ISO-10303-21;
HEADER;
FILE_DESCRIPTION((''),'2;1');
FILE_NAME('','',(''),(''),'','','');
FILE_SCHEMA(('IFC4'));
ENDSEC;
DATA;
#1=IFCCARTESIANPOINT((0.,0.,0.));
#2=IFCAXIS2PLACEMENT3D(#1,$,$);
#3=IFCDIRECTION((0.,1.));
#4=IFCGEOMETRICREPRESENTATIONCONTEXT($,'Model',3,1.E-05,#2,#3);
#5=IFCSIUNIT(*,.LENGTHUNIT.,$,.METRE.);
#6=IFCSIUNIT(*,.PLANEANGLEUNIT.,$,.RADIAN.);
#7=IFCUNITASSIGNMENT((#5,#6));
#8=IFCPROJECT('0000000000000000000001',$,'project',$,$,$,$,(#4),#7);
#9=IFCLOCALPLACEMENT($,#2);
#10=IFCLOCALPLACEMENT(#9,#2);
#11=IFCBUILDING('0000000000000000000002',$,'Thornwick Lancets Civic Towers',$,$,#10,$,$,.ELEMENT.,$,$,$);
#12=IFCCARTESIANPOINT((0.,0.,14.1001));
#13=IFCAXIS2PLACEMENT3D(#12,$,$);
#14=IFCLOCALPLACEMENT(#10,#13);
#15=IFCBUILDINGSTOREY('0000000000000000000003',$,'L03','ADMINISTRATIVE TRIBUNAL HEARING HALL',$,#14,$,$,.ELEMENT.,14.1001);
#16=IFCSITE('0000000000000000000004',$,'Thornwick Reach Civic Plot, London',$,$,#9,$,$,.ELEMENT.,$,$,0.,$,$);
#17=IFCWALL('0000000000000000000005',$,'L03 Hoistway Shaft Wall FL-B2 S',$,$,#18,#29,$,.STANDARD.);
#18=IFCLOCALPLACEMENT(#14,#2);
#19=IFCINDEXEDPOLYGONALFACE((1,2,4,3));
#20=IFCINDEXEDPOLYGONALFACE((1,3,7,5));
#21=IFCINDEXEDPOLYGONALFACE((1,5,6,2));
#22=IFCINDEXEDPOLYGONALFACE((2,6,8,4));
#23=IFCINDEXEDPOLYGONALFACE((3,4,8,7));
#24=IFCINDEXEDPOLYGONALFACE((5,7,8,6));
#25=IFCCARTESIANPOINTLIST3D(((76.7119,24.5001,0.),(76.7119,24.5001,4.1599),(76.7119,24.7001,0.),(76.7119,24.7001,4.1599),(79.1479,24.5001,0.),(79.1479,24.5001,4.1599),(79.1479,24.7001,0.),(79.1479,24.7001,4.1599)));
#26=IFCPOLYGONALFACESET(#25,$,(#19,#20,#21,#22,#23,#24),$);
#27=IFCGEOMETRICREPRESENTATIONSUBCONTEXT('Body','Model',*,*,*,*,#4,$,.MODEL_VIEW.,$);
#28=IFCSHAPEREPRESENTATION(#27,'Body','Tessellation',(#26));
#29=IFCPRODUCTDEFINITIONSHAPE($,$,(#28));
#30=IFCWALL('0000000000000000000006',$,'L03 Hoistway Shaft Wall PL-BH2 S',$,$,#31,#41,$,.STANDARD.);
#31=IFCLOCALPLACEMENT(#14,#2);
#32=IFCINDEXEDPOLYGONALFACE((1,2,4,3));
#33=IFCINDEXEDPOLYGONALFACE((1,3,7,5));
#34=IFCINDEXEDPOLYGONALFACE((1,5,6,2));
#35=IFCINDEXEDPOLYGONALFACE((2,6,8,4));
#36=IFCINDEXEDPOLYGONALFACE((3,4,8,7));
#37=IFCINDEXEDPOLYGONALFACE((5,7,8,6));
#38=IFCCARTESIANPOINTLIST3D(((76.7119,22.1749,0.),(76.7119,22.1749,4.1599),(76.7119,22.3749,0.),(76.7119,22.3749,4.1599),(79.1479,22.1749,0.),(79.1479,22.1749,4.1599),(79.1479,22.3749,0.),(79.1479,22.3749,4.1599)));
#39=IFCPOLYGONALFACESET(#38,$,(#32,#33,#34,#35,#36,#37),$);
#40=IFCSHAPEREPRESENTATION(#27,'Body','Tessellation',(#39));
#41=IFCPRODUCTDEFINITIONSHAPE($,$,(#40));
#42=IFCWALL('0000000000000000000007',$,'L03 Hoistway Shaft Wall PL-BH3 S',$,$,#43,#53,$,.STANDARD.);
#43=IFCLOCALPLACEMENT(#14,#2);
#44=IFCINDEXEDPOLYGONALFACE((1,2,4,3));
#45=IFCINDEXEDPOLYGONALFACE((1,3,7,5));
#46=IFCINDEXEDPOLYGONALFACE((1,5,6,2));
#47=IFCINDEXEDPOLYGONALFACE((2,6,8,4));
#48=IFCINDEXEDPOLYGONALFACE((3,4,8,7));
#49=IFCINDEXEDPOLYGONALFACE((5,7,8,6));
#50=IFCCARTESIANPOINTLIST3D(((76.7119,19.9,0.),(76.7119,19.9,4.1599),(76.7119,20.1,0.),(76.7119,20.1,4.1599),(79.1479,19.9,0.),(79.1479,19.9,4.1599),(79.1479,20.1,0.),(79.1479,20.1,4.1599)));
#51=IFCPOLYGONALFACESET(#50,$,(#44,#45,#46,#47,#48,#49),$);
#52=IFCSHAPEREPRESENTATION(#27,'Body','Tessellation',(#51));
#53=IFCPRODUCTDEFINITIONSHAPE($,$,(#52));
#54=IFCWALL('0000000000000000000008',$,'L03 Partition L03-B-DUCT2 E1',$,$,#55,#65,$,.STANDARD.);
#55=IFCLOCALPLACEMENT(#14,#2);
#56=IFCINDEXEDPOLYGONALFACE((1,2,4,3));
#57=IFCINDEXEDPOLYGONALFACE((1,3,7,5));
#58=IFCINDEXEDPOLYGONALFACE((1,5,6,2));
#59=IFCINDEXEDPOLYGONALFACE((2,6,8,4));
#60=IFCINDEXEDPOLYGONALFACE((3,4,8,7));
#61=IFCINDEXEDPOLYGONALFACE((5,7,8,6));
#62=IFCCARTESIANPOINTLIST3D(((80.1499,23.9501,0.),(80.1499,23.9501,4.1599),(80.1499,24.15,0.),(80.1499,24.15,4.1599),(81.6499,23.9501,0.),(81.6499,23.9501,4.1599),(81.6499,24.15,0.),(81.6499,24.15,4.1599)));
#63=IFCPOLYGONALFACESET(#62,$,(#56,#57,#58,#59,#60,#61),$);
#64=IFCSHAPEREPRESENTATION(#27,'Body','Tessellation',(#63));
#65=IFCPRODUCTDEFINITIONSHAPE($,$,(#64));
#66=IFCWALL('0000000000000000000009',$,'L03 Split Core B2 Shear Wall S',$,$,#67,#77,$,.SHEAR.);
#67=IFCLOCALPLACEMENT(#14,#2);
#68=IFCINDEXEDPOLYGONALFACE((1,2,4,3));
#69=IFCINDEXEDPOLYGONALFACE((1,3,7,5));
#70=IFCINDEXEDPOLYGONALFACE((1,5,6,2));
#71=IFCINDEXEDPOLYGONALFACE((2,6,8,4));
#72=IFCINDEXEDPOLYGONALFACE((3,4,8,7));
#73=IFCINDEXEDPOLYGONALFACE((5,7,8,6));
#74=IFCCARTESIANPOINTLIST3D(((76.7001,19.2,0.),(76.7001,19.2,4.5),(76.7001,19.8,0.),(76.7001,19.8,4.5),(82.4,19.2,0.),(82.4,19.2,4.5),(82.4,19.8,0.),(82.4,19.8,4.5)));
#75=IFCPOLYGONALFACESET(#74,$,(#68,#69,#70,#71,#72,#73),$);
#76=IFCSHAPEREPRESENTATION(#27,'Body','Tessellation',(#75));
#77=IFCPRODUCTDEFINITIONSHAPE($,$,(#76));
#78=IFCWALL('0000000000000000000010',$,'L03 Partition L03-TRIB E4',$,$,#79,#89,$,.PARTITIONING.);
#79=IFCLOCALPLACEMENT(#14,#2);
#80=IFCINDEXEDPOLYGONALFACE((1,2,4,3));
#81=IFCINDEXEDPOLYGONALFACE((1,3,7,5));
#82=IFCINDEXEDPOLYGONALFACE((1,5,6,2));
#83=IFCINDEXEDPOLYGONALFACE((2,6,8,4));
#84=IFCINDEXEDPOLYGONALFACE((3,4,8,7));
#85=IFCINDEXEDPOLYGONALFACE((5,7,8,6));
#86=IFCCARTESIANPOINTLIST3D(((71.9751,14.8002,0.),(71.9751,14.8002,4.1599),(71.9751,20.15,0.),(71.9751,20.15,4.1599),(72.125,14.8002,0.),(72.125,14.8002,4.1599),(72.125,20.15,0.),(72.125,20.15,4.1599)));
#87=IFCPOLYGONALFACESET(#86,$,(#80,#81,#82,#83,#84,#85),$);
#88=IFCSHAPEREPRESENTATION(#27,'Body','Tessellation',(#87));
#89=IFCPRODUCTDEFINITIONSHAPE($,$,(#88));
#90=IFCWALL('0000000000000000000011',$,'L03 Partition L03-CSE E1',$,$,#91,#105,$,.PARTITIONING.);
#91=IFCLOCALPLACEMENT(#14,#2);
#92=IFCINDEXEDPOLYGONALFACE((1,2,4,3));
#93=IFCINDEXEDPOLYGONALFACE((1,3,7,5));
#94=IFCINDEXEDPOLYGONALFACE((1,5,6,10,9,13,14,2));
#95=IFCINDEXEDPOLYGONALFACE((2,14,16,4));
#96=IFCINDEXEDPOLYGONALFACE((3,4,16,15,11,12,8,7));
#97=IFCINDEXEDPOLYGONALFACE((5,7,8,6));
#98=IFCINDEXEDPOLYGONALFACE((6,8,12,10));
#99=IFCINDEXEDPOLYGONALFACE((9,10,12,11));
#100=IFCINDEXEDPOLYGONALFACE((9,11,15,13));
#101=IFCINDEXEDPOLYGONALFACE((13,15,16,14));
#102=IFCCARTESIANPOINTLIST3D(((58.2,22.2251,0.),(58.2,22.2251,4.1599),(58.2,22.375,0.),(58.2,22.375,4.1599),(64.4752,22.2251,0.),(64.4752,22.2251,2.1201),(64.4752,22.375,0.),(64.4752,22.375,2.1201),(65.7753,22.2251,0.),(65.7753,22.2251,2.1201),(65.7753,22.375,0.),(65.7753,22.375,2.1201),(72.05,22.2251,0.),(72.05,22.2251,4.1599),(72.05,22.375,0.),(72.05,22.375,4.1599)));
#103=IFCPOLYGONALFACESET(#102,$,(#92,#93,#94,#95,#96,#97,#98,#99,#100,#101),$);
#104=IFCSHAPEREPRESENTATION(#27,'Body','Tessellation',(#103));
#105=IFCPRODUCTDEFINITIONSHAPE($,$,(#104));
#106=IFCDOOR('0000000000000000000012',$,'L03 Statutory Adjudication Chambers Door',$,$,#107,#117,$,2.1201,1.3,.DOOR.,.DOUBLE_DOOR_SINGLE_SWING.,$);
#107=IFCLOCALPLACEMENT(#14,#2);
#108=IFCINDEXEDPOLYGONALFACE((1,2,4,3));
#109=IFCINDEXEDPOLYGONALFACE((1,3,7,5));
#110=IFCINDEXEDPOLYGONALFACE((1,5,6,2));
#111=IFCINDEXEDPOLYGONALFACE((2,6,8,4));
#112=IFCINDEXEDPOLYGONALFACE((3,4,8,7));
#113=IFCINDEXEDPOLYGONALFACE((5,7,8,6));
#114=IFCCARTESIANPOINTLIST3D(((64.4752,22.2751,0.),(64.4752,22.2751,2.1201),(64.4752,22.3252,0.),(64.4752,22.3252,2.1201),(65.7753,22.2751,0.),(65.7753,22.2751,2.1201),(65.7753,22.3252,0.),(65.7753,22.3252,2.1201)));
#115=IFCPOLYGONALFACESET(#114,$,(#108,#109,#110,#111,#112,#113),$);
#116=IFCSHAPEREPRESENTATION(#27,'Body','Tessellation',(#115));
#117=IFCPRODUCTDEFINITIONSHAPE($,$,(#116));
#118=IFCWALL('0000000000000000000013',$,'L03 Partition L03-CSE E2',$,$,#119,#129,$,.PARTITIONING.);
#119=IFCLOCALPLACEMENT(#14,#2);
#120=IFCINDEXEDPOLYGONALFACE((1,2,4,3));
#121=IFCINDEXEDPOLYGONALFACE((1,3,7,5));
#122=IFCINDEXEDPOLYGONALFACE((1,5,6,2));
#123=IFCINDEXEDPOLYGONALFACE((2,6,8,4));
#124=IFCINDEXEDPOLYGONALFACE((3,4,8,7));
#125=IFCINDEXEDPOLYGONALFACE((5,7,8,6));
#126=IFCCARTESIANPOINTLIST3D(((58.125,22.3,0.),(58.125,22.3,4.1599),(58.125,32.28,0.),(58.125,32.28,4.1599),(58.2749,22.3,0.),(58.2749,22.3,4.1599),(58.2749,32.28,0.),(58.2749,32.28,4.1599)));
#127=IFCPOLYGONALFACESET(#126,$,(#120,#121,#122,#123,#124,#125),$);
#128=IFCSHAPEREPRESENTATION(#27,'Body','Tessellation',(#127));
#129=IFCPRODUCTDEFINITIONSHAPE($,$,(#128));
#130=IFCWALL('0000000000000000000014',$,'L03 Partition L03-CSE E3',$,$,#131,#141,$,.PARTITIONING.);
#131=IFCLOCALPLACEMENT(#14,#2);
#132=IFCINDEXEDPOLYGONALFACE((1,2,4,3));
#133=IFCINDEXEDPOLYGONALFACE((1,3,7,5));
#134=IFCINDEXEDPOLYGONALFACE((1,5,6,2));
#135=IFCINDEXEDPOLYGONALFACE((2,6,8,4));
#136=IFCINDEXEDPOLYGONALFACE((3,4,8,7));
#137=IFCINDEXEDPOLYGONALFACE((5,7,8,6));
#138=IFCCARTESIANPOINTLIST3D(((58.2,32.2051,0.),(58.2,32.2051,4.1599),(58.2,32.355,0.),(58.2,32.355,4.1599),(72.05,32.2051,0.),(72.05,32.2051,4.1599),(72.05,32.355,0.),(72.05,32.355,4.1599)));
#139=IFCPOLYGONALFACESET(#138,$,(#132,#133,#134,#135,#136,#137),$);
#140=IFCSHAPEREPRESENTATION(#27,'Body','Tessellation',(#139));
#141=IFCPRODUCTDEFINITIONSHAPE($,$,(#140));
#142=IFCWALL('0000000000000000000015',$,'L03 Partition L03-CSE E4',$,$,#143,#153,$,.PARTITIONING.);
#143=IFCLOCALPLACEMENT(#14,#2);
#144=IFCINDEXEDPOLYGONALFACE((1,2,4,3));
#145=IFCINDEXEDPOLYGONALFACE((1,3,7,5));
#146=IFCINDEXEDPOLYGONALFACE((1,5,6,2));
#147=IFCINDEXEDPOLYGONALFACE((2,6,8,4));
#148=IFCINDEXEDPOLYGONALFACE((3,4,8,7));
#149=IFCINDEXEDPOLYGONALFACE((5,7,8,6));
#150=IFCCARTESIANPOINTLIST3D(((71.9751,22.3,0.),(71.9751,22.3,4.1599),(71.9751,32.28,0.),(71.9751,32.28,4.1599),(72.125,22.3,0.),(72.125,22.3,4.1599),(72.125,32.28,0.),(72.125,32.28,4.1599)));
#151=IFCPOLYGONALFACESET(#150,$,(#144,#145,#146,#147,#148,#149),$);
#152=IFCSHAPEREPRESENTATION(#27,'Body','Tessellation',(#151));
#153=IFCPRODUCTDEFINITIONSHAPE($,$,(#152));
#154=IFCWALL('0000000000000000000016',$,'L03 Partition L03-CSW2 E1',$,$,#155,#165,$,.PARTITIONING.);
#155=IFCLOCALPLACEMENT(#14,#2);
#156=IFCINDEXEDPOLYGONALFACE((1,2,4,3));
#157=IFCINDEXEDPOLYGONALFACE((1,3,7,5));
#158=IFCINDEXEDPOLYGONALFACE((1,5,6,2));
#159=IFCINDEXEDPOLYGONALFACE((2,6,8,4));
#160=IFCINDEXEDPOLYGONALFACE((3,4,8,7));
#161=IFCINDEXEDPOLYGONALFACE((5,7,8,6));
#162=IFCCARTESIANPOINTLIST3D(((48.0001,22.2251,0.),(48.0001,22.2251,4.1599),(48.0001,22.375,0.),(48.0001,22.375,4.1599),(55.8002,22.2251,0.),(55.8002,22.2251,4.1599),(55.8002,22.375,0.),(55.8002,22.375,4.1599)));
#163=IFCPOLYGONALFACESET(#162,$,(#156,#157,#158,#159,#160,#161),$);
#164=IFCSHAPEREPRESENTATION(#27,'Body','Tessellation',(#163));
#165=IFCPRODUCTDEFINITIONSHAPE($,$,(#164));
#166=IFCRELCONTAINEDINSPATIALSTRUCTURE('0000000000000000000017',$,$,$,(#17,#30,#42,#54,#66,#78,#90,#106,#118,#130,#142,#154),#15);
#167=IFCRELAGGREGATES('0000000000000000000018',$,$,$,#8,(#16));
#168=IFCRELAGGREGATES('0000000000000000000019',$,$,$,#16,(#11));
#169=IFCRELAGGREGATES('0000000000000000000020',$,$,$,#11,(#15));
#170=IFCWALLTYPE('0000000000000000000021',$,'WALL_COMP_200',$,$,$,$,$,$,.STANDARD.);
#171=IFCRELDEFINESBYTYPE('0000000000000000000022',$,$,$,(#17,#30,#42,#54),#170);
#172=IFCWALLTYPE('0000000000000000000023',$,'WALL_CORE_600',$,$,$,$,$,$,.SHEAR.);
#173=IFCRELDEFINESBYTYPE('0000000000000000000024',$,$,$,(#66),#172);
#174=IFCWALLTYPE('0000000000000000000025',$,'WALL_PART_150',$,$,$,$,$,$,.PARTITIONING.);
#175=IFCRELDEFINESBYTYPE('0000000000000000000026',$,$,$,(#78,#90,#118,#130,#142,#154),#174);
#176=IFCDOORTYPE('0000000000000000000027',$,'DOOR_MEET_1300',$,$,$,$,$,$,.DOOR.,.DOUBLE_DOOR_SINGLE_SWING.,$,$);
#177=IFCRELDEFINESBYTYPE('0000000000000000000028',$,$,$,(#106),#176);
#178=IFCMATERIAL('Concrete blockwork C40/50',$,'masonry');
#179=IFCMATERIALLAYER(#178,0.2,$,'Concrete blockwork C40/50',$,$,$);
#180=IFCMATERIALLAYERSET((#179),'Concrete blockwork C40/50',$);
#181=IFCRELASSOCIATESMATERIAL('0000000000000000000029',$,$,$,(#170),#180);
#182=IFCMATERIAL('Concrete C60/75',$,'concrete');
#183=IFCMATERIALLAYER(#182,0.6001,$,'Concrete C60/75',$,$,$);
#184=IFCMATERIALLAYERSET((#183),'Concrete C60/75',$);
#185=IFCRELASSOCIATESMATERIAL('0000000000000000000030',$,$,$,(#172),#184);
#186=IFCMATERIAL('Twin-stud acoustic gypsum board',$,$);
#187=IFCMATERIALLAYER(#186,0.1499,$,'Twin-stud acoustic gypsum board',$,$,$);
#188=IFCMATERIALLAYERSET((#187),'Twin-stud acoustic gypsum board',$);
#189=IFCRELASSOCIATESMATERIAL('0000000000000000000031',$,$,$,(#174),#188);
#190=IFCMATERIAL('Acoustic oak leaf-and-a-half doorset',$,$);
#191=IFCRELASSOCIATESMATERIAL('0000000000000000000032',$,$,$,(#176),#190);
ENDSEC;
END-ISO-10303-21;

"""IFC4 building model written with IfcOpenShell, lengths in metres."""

from ifc_helpers import new_model, si_unit, direction, frame, frame_2d, origin, place, context, subcontext, project, spatial, rectangle, extrude, material, layer, layer_set, type_object, element, fill, save


model = new_model("IFC4")

# Units and contexts
model_context = context("Model", 3, precision=1e-05, world=origin(), true_north=direction((0.0, 1.0)))
body_context = subcontext(model_context, "Body", "Model", "MODEL_VIEW")
ifc_project = project(units=[si_unit("LENGTHUNIT", "METRE"), si_unit("PLANEANGLEUNIT", "RADIAN")], contexts=[model_context])

# Site, building, storey
site_placement = place(None, origin())
site = spatial("IfcSite", under=ifc_project, at=site_placement, Name="Thornwick Reach Civic Plot, London", CompositionType="ELEMENT", RefElevation=0.0)
building_placement = place(site_placement, origin())
building = spatial("IfcBuilding", under=site, at=building_placement, Name="Thornwick Lancets Civic Towers", CompositionType="ELEMENT")
storey_placement = place(building_placement, frame((0.0, 0.0, 14.1001)))
storey = spatial("IfcBuildingStorey", under=building, at=storey_placement, Name="L03", Description="ADMINISTRATIVE TRIBUNAL HEARING HALL", CompositionType="ELEMENT", Elevation=14.1001)

# Shared definitions
ifc_material_1 = material(Name="Concrete C60/75", Category="concrete")

# Shared definitions
ifc_material_2 = material(Name="Concrete blockwork C40/50", Category="masonry")
ifc_layer_1 = layer(ifc_material_2, 0.2, Name="Concrete blockwork C40/50")
ifc_layer_set_1 = layer_set([ifc_layer_1], Name="Concrete blockwork C40/50")
wall_type_1 = type_object("IfcWallType", Name="WALL_COMP_200", PredefinedType="STANDARD", material=ifc_layer_set_1)

# Walls
for number, where, z_axis, x_axis, name in (
    (1, (76.7119, 24.6001, 0.0), (0.0, 0.0, 1.0), (1.0, 0.0, 0.0), "L03 Hoistway Shaft Wall FL-B2 S"),
    (2, (76.7119, 22.2749, 0.0), (0.0, 0.0, 1.0), (1.0, 0.0, 0.0), "L03 Hoistway Shaft Wall PL-BH2 S"),
    (3, (76.7119, 20.0, 0.0), (0.0, 0.0, 1.0), (1.0, 0.0, 0.0), "L03 Hoistway Shaft Wall PL-BH3 S"),
):
    element("IfcWall", number, at=place(storey_placement, frame(where, z_axis=z_axis, x_axis=x_axis)), inside=storey, type_object=wall_type_1, Name=name, PredefinedType="STANDARD", context=body_context, shape_type="SweptSolid", body=[
        extrude(rectangle(XDim=2.436, YDim=0.2, at=frame_2d((1.218, 0.0))), origin(), (0.0, 0.0, 1.0), 4.1599),
    ])
wall_1_placement = place(storey_placement, frame((80.1499, 24.05, 0.0), z_axis=(0.0, 0.0, 1.0), x_axis=(1.0, 0.0, 0.0)))
element("IfcWall", 4, at=wall_1_placement, inside=storey, type_object=wall_type_1, Name="L03 Partition L03-B-DUCT2 E1", PredefinedType="STANDARD", context=body_context, shape_type="SweptSolid", body=[
    extrude(rectangle(XDim=1.5, YDim=0.2, at=frame_2d((0.75, 0.0))), origin(), (0.0, 0.0, 1.0), 4.1599),
])
ifc_layer_2 = layer(ifc_material_1, 0.6001, Name="Concrete C60/75")
ifc_layer_set_2 = layer_set([ifc_layer_2], Name="Concrete C60/75")
wall_type_2 = type_object("IfcWallType", Name="WALL_CORE_600", PredefinedType="SHEAR", material=ifc_layer_set_2)
wall_2_placement = place(storey_placement, frame((76.7, 19.5, 0.0), z_axis=(0.0, 0.0, 1.0), x_axis=(1.0, 0.0, 0.0)))
element("IfcWall", 5, at=wall_2_placement, inside=storey, type_object=wall_type_2, Name="L03 Split Core B2 Shear Wall S", PredefinedType="SHEAR", context=body_context, shape_type="SweptSolid", body=[
    extrude(rectangle(XDim=5.7, YDim=0.6001, at=frame_2d((2.8501, 0.0))), origin(), (0.0, 0.0, 1.0), 4.5),
])
ifc_material_3 = material(Name="Twin-stud acoustic gypsum board")
ifc_layer_3 = layer(ifc_material_3, 0.1499, Name="Twin-stud acoustic gypsum board")
ifc_layer_set_3 = layer_set([ifc_layer_3], Name="Twin-stud acoustic gypsum board")
wall_type_3 = type_object("IfcWallType", Name="WALL_PART_150", PredefinedType="PARTITIONING", material=ifc_layer_set_3)
wall_3_placement = place(storey_placement, frame((72.05, 20.1499, 0.0), z_axis=(0.0, 0.0, 1.0), x_axis=(0.0, -1.0, 0.0)))
element("IfcWall", 6, at=wall_3_placement, inside=storey, type_object=wall_type_3, Name="L03 Partition L03-TRIB E4", PredefinedType="PARTITIONING", context=body_context, shape_type="SweptSolid", body=[
    extrude(rectangle(XDim=5.3499, YDim=0.1499, at=frame_2d((2.6748, 0.0))), origin(), (0.0, 0.0, 1.0), 4.1599),
])

# Wall, opening, door
wall_4_placement = place(storey_placement, frame((72.05, 22.3, 0.0), z_axis=(0.0, 0.0, 1.0), x_axis=(-1.0, 0.0, 0.0)))
wall_4 = element("IfcWall", 7, at=wall_4_placement, inside=storey, type_object=wall_type_3, Name="L03 Partition L03-CSE E1", PredefinedType="PARTITIONING", context=body_context, shape_type="SweptSolid", body=[
    extrude(rectangle(XDim=13.8501, YDim=0.1499, at=frame_2d((6.925, 0.0))), origin(), (0.0, 0.0, 1.0), 4.1599),
])
opening_1_placement = place(wall_4_placement, frame((6.2749, 0.0, 0.0)))
opening_1 = element("IfcOpeningElement", 8, at=opening_1_placement, cuts=wall_4, PredefinedType="OPENING", context=body_context, shape_type="SweptSolid", body=[
    extrude(rectangle(XDim=1.3, YDim=2.1201, at=frame_2d((0.6499, 1.0601))), frame((0.0, 0.085, 0.0), z_axis=(0.0, -1.0, 0.0), x_axis=(1.0, 0.0, 0.0)), (0.0, 0.0, 1.0), 0.1699),
])
ifc_material_4 = material(Name="Acoustic oak leaf-and-a-half doorset")
door_type_1 = type_object("IfcDoorType", Name="DOOR_MEET_1300", OperationType="DOUBLE_DOOR_SINGLE_SWING", PredefinedType="DOOR", material=ifc_material_4)
door_1_placement = place(opening_1_placement, origin())
door_1 = element("IfcDoor", 9, at=door_1_placement, inside=storey, type_object=door_type_1, Name="L03 Statutory Adjudication Chambers Door", OperationType="DOUBLE_DOOR_SINGLE_SWING", OverallHeight=2.1201, OverallWidth=1.3, PredefinedType="DOOR", context=body_context, shape_type="SweptSolid", body=[
    extrude(rectangle(XDim=1.3, YDim=2.1201, at=frame_2d((0.6499, 1.0601))), frame((0.0, 0.0249, 0.0), z_axis=(0.0, -1.0, 0.0), x_axis=(1.0, 0.0, 0.0)), (0.0, 0.0, 1.0), 0.05),
])
fill(opening_1, door_1)

# Walls
wall_5_placement = place(storey_placement, frame((58.2, 22.3, 0.0), z_axis=(0.0, 0.0, 1.0), x_axis=(0.0, 1.0, 0.0)))
element("IfcWall", 10, at=wall_5_placement, inside=storey, type_object=wall_type_3, Name="L03 Partition L03-CSE E2", PredefinedType="PARTITIONING", context=body_context, shape_type="SweptSolid", body=[
    extrude(rectangle(XDim=9.98, YDim=0.1499, at=frame_2d((4.99, 0.0))), origin(), (0.0, 0.0, 1.0), 4.1599),
])
wall_6_placement = place(storey_placement, frame((58.2, 32.28, 0.0), z_axis=(0.0, 0.0, 1.0), x_axis=(1.0, 0.0, 0.0)))
element("IfcWall", 11, at=wall_6_placement, inside=storey, type_object=wall_type_3, Name="L03 Partition L03-CSE E3", PredefinedType="PARTITIONING", context=body_context, shape_type="SweptSolid", body=[
    extrude(rectangle(XDim=13.8501, YDim=0.1499, at=frame_2d((6.925, 0.0))), origin(), (0.0, 0.0, 1.0), 4.1599),
])
wall_7_placement = place(storey_placement, frame((72.05, 32.28, 0.0), z_axis=(0.0, 0.0, 1.0), x_axis=(0.0, -1.0, 0.0)))
element("IfcWall", 12, at=wall_7_placement, inside=storey, type_object=wall_type_3, Name="L03 Partition L03-CSE E4", PredefinedType="PARTITIONING", context=body_context, shape_type="SweptSolid", body=[
    extrude(rectangle(XDim=9.98, YDim=0.1499, at=frame_2d((4.99, 0.0))), origin(), (0.0, 0.0, 1.0), 4.1599),
])
wall_8_placement = place(storey_placement, frame((55.8, 22.3, 0.0), z_axis=(0.0, 0.0, 1.0), x_axis=(-1.0, 0.0, 0.0)))
element("IfcWall", 13, at=wall_8_placement, inside=storey, type_object=wall_type_3, Name="L03 Partition L03-CSW2 E1", PredefinedType="PARTITIONING", context=body_context, shape_type="SweptSolid", body=[
    extrude(rectangle(XDim=7.8, YDim=0.1499, at=frame_2d((3.8999, 0.0))), origin(), (0.0, 0.0, 1.0), 4.1599),
])

save(model, "model.ifc")
